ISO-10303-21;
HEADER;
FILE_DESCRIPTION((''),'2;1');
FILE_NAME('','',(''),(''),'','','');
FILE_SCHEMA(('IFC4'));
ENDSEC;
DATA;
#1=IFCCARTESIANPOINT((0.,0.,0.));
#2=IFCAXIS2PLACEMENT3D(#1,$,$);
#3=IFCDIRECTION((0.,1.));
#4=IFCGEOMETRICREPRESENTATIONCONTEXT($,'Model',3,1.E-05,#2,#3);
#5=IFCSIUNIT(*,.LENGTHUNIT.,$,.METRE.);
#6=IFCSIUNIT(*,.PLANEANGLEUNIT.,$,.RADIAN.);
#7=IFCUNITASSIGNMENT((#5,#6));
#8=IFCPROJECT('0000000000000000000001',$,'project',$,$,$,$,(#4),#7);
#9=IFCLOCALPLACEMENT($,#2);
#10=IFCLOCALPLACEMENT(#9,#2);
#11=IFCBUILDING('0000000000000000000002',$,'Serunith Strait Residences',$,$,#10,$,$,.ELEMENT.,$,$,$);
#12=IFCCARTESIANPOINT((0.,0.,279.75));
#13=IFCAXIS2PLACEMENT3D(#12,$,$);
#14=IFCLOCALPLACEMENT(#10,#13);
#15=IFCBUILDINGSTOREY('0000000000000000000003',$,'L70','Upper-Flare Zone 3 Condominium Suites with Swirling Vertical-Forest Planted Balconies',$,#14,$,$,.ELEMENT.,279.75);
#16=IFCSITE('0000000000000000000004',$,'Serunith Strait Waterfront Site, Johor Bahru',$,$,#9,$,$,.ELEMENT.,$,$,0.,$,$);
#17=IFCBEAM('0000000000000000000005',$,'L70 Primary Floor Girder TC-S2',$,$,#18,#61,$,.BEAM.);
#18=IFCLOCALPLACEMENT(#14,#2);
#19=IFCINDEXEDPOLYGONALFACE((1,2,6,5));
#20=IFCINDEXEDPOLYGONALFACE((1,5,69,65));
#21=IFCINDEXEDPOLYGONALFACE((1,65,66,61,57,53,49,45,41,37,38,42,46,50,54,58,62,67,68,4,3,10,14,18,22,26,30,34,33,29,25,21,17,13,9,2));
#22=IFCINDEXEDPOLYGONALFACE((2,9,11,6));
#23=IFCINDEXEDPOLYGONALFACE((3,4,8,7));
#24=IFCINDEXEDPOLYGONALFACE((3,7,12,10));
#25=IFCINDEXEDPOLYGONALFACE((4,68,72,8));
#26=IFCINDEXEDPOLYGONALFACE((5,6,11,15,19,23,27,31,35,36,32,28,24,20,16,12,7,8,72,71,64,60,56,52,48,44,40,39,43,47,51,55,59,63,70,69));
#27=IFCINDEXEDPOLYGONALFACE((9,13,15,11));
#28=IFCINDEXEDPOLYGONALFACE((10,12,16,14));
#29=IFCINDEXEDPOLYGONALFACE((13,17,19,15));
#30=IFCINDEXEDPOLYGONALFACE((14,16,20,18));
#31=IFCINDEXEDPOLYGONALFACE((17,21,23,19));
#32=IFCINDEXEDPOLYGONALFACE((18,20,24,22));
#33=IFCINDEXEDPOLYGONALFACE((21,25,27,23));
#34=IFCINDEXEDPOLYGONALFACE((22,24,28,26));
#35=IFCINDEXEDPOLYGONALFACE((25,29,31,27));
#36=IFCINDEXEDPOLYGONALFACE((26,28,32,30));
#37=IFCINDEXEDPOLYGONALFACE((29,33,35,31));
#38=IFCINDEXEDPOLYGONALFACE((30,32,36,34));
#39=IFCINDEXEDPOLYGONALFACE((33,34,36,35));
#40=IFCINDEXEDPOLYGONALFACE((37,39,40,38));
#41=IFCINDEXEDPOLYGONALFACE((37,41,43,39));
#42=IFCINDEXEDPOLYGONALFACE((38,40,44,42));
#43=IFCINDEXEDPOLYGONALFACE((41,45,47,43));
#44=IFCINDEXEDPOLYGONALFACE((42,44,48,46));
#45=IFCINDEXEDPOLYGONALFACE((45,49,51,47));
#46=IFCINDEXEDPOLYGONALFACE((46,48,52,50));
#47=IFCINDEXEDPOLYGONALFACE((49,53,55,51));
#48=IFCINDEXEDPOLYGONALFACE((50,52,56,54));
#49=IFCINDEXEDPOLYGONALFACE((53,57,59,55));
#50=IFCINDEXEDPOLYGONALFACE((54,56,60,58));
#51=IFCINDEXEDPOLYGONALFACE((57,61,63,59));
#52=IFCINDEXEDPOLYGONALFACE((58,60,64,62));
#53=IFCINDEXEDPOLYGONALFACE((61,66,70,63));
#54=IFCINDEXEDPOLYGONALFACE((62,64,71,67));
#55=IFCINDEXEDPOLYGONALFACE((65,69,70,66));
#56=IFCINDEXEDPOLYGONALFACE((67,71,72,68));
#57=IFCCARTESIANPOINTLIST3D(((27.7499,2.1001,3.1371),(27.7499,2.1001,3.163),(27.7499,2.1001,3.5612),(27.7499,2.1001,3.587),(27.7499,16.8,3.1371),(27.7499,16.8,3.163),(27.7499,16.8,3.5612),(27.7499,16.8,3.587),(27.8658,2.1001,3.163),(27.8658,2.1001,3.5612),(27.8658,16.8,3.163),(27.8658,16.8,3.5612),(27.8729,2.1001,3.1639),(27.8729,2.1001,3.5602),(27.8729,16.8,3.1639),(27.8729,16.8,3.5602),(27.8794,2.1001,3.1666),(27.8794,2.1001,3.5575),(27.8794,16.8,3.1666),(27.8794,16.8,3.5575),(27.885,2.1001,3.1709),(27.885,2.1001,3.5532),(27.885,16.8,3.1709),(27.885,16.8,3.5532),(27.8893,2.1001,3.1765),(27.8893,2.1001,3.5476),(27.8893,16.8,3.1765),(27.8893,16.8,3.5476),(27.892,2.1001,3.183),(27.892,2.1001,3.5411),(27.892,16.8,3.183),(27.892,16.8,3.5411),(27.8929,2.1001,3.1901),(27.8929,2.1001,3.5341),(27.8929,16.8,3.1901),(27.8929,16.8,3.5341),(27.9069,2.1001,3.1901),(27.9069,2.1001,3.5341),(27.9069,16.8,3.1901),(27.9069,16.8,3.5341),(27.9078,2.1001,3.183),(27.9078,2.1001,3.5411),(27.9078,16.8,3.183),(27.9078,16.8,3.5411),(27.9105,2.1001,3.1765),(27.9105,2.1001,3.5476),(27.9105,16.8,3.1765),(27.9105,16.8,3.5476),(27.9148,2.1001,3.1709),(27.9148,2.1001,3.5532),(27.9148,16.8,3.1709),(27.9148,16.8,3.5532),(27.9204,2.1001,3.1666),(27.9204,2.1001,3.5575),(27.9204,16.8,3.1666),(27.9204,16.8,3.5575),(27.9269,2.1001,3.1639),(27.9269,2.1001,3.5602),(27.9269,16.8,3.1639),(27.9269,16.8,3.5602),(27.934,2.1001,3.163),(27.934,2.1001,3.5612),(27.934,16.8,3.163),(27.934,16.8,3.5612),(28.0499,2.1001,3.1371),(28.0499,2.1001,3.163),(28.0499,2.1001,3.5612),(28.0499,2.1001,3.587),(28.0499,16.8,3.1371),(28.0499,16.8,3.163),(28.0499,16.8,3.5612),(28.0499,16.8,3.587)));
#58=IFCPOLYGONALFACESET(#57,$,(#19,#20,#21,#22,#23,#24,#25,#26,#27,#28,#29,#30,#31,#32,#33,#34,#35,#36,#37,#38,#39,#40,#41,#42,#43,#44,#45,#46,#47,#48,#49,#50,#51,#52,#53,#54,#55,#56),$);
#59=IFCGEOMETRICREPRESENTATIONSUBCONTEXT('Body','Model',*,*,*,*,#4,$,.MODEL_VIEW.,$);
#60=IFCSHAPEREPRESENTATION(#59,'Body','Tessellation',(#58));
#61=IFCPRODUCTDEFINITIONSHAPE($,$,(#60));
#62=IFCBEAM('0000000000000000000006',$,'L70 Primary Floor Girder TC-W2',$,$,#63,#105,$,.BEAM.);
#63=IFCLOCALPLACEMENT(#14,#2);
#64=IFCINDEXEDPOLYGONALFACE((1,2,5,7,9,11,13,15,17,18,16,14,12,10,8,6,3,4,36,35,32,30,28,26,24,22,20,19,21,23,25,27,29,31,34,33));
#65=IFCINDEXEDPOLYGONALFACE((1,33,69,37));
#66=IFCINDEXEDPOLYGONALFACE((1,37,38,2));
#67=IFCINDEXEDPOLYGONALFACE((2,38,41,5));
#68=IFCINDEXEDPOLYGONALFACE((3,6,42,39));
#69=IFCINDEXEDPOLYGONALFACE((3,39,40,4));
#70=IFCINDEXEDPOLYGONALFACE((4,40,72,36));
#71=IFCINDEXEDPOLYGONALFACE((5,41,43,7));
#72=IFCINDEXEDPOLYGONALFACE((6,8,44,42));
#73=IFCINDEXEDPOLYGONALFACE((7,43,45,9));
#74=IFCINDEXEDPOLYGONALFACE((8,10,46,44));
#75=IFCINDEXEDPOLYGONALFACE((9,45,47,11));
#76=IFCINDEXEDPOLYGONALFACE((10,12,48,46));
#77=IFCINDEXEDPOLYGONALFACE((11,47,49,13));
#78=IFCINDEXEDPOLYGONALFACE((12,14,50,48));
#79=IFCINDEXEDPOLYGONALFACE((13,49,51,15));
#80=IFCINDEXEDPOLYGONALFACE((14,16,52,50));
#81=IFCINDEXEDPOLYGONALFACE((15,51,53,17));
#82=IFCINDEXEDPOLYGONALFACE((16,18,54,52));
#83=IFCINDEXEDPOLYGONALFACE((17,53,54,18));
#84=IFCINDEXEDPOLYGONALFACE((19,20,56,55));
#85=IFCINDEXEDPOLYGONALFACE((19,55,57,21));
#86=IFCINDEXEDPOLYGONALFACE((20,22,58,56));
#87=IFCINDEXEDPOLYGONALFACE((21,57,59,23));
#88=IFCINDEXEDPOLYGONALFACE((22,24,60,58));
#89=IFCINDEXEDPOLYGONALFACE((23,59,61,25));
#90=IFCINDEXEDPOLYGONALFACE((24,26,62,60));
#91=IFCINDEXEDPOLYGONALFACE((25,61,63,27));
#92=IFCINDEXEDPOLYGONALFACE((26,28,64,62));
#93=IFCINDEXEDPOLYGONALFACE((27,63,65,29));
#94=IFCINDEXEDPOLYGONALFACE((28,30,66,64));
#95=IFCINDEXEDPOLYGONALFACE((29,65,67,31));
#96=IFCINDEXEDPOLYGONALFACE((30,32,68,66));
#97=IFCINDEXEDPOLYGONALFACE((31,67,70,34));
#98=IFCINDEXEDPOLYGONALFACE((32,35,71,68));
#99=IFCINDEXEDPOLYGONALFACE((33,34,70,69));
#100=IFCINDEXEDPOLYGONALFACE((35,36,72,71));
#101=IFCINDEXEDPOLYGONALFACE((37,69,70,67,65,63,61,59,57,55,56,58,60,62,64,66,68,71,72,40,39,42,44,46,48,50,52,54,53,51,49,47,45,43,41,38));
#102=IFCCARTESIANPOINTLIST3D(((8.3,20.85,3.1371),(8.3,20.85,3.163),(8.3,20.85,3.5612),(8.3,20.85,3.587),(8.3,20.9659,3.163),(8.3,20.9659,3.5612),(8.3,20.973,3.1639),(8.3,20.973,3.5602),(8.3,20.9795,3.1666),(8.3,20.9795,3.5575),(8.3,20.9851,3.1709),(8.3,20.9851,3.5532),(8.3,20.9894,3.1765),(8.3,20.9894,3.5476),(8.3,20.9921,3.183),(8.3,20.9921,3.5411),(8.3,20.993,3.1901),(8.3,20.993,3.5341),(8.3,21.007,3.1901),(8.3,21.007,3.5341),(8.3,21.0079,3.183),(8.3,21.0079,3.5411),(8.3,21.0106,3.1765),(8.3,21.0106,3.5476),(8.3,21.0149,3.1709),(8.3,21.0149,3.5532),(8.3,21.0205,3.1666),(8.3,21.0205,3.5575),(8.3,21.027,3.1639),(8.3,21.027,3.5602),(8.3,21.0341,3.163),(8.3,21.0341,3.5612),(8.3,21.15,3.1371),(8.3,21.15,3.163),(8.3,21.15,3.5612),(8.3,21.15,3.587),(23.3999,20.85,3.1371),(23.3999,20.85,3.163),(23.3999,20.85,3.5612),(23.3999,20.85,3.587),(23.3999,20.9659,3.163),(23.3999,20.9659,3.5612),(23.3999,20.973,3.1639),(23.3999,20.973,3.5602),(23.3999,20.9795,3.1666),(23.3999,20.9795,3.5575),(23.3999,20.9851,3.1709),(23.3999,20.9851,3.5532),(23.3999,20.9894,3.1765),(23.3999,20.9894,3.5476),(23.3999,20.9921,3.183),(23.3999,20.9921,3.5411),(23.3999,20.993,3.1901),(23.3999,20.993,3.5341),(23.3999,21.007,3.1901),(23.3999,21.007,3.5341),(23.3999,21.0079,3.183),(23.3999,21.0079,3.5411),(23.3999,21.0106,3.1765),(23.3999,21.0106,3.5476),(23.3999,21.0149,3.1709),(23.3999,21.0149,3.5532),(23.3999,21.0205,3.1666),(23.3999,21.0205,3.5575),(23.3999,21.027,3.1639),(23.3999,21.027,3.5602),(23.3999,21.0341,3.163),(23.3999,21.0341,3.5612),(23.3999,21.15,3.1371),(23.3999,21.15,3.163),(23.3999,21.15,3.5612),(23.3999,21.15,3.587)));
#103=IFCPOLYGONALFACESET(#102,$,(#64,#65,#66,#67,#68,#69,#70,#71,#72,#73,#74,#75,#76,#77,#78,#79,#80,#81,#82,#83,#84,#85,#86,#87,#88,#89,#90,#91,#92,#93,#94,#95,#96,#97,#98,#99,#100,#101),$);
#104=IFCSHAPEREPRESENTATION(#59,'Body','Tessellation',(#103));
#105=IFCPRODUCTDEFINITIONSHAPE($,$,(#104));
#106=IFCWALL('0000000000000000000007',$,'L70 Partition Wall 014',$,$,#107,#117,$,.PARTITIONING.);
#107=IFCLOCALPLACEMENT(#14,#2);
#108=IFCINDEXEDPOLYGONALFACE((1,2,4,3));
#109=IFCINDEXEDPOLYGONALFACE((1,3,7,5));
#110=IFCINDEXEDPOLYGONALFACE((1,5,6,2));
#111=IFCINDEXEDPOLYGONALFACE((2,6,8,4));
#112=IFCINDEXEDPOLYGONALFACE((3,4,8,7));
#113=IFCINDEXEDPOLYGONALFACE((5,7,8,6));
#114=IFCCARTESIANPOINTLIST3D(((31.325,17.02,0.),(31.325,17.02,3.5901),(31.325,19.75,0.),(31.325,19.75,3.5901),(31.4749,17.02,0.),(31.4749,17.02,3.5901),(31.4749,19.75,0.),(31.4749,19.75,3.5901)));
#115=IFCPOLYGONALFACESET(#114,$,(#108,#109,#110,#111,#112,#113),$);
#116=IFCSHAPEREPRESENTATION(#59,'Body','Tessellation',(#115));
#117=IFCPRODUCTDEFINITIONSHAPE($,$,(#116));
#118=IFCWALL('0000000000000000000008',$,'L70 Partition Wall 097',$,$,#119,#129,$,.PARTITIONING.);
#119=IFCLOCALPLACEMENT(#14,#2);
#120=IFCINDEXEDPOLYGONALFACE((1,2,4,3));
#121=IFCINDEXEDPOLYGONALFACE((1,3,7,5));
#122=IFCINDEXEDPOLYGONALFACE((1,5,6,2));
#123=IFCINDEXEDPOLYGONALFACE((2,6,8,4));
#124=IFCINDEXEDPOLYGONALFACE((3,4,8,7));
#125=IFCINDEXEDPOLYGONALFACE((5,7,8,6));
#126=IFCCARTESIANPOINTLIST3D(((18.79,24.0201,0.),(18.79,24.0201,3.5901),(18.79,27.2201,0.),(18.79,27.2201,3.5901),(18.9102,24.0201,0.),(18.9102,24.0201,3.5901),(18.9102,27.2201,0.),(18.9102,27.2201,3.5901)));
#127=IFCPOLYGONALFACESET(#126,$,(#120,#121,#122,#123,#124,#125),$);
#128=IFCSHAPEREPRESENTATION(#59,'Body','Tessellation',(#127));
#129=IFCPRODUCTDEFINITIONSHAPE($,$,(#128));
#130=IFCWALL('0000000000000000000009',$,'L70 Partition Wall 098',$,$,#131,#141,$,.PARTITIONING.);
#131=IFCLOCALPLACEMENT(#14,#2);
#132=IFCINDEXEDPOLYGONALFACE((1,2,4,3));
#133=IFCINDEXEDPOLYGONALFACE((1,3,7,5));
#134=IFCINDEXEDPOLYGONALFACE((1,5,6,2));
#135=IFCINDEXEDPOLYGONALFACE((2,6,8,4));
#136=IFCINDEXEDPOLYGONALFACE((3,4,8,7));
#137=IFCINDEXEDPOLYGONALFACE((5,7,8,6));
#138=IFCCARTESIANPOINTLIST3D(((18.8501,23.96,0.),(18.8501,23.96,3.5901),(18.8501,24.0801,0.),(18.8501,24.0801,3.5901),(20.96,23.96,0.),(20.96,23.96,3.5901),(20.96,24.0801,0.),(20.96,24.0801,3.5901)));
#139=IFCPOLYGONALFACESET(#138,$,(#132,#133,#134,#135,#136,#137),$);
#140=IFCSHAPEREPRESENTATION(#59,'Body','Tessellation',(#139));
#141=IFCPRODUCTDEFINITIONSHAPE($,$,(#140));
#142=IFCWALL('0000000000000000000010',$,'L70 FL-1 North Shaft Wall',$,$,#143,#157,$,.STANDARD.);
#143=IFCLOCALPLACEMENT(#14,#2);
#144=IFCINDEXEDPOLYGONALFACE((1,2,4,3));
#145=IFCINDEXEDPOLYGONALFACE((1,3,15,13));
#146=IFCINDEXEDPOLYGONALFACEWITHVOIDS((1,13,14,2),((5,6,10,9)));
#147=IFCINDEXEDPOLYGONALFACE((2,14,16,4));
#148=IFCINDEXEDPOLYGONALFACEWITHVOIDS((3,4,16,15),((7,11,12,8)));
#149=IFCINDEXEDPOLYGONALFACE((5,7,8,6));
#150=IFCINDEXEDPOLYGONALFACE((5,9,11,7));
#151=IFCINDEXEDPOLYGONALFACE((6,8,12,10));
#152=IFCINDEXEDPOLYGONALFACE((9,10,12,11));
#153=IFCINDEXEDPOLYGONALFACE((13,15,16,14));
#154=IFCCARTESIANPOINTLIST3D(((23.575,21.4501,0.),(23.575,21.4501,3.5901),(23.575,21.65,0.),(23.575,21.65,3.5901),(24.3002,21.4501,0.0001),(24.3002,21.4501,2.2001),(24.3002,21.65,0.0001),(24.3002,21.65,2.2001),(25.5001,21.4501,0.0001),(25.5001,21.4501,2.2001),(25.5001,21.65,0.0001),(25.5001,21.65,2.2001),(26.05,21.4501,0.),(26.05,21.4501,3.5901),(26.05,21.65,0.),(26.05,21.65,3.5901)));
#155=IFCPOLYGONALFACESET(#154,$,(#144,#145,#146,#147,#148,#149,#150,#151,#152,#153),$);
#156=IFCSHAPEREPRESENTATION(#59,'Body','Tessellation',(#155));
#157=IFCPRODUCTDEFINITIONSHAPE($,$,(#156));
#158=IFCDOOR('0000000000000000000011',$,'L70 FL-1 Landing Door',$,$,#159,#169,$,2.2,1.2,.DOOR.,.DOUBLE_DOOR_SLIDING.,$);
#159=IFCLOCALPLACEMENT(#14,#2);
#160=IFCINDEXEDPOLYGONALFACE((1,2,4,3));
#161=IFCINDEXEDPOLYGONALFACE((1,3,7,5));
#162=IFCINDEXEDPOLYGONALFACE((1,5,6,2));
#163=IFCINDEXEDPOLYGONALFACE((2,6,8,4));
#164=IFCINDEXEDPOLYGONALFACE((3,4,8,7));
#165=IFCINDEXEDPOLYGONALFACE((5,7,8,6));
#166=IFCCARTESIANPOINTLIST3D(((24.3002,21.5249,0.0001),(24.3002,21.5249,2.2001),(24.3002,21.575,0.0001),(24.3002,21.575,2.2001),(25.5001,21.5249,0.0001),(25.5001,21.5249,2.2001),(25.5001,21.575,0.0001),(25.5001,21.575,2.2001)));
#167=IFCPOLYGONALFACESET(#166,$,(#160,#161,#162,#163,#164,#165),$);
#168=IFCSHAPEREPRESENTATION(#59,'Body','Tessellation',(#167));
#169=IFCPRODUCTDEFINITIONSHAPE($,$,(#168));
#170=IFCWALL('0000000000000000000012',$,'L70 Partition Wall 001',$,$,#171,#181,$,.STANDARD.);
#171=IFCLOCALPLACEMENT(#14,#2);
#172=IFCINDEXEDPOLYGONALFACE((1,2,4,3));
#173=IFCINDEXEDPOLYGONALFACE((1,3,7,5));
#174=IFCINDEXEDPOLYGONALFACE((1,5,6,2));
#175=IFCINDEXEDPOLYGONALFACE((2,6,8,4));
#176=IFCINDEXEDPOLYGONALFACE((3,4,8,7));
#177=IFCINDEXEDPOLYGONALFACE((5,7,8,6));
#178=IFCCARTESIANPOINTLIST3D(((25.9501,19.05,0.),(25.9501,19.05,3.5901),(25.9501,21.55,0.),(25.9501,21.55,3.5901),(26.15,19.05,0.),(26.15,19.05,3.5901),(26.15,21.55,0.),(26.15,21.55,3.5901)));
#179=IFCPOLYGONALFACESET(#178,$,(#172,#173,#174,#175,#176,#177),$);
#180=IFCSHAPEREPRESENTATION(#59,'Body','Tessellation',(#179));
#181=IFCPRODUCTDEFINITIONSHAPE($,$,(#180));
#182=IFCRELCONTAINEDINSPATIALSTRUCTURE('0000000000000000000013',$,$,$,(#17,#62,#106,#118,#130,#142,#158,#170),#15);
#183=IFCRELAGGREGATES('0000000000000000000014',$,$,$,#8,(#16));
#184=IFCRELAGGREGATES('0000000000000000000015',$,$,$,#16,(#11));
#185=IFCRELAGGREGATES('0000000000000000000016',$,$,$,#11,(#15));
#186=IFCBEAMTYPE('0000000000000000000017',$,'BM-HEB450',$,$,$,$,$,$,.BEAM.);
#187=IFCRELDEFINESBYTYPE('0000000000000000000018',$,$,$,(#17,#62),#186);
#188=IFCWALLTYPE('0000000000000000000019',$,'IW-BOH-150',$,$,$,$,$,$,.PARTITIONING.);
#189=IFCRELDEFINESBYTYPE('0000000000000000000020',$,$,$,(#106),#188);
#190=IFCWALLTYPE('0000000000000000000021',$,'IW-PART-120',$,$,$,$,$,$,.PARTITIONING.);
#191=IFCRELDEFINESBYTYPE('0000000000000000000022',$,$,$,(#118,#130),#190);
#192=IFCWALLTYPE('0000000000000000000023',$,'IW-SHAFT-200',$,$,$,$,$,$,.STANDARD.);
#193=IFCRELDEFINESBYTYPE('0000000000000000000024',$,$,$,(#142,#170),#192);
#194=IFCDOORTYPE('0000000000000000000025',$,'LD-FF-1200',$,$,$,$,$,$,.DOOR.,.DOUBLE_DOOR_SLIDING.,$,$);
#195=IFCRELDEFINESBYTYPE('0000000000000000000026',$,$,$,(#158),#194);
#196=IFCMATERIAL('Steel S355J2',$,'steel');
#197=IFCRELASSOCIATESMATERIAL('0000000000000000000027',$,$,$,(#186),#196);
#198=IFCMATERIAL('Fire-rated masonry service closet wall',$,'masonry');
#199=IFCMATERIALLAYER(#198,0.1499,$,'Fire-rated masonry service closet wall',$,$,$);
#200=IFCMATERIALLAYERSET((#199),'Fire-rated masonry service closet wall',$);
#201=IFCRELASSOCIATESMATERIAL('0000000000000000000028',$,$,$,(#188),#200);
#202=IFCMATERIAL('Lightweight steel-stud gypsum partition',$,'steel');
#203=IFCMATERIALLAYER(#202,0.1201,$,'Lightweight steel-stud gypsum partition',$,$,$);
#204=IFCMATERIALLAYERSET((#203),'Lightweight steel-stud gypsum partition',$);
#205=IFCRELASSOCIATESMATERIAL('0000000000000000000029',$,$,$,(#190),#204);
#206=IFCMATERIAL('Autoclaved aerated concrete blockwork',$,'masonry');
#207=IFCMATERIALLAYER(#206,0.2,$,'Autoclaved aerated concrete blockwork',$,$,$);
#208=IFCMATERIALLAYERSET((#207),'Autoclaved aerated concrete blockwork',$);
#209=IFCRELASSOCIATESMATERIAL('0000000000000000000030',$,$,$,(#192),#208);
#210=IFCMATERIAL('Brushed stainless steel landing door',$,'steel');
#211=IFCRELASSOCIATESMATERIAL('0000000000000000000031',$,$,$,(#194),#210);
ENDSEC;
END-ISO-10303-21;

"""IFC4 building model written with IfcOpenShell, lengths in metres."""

from ifc_helpers import new_model, si_unit, direction, frame, frame_2d, origin, origin_2d, place, context, subcontext, project, spatial, rectangle, i_section, extrude, source, transform, mapped, material, layer, layer_set, material_profile, profile_set, type_object, element, fill, save


model = new_model("IFC4")

# Units and contexts
model_context = context("Model", 3, precision=1e-05, world=origin(), true_north=direction((0.0, 1.0)))
body_context = subcontext(model_context, "Body", "Model", "MODEL_VIEW")
ifc_project = project(units=[si_unit("LENGTHUNIT", "METRE"), si_unit("PLANEANGLEUNIT", "RADIAN")], contexts=[model_context])

# Site, building, storey
site_placement = place(None, origin())
site = spatial("IfcSite", under=ifc_project, at=site_placement, Name="Serunith Strait Waterfront Site, Johor Bahru", CompositionType="ELEMENT", RefElevation=0.0)
building_placement = place(site_placement, origin())
building = spatial("IfcBuilding", under=site, at=building_placement, Name="Serunith Strait Residences", CompositionType="ELEMENT")
storey_placement = place(building_placement, frame((0.0, 0.0, 279.75)))
storey = spatial("IfcBuildingStorey", under=building, at=storey_placement, Name="L70", Description="Upper-Flare Zone 3 Condominium Suites with Swirling Vertical-Forest Planted Balconies", CompositionType="ELEMENT", Elevation=279.75)

# Beams
ifc_material_1 = material(Name="Steel S355J2", Category="steel")
ifc_material_profile = material_profile(ifc_material_1, i_section(OverallWidth=0.3, OverallDepth=0.45, WebThickness=0.0139, FlangeThickness=0.0259, FilletRadius=0.0271, at=origin_2d()), Name="HEB 450")
ifc_profile_set = profile_set([ifc_material_profile], Name="Steel S355J2")
beam_type = type_object("IfcBeamType", Name="BM-HEB450", PredefinedType="BEAM", material=ifc_profile_set)
shared_shape_1 = source(origin(), body_context, "Body", "SweptSolid", [
    extrude(i_section(OverallWidth=0.3, OverallDepth=0.45, WebThickness=0.0139, FlangeThickness=0.0259, FilletRadius=0.0271, at=origin_2d()), origin(), (0.0, 0.0, 1.0), 14.7),
])
beam_1_placement = place(storey_placement, frame((27.8999, 16.8, 3.3621), z_axis=(0.0, -1.0, 0.0), x_axis=(1.0, 0.0, 0.0)))
element("IfcBeam", 1, at=beam_1_placement, inside=storey, type_object=beam_type, Name="L70 Primary Floor Girder TC-S2", PredefinedType="BEAM", context=body_context, shape_type="MappedRepresentation", body=[
    mapped(shared_shape_1, transform((0.0, 0.0, 0.0), scale=1.0)),
])
shared_shape_2 = source(origin(), body_context, "Body", "SweptSolid", [
    extrude(i_section(OverallWidth=0.3, OverallDepth=0.45, WebThickness=0.0139, FlangeThickness=0.0259, FilletRadius=0.0271, at=origin_2d()), origin(), (0.0, 0.0, 1.0), 15.0999),
])
beam_2_placement = place(storey_placement, frame((23.3999, 21.0, 3.3621), z_axis=(-1.0, 0.0, 0.0), x_axis=(0.0, -1.0, 0.0)))
element("IfcBeam", 2, at=beam_2_placement, inside=storey, type_object=beam_type, Name="L70 Primary Floor Girder TC-W2", PredefinedType="BEAM", context=body_context, shape_type="MappedRepresentation", body=[
    mapped(shared_shape_2, transform((0.0, 0.0, 0.0), scale=1.0)),
])

# Walls
ifc_material_2 = material(Name="Fire-rated masonry service closet wall", Category="masonry")
ifc_layer_1 = layer(ifc_material_2, 0.1499, Name="Fire-rated masonry service closet wall")
ifc_layer_set_1 = layer_set([ifc_layer_1], Name="Fire-rated masonry service closet wall")
wall_type_1 = type_object("IfcWallType", Name="IW-BOH-150", PredefinedType="PARTITIONING", material=ifc_layer_set_1)
wall_1_placement = place(storey_placement, frame((31.3999, 17.02, 0.0), z_axis=(0.0, 0.0, 1.0), x_axis=(0.0, 1.0, 0.0)))
element("IfcWall", 3, at=wall_1_placement, inside=storey, type_object=wall_type_1, Name="L70 Partition Wall 014", PredefinedType="PARTITIONING", context=body_context, shape_type="SweptSolid", body=[
    extrude(rectangle(XDim=2.73, YDim=0.1499, at=frame_2d((1.365, 0.0))), origin(), (0.0, 0.0, 1.0), 3.5901),
])
ifc_material_3 = material(Name="Lightweight steel-stud gypsum partition", Category="steel")
ifc_layer_2 = layer(ifc_material_3, 0.1201, Name="Lightweight steel-stud gypsum partition")
ifc_layer_set_2 = layer_set([ifc_layer_2], Name="Lightweight steel-stud gypsum partition")
wall_type_2 = type_object("IfcWallType", Name="IW-PART-120", PredefinedType="PARTITIONING", material=ifc_layer_set_2)
wall_2_placement = place(storey_placement, frame((18.8501, 24.02, 0.0), z_axis=(0.0, 0.0, 1.0), x_axis=(0.0, 1.0, 0.0)))
element("IfcWall", 4, at=wall_2_placement, inside=storey, type_object=wall_type_2, Name="L70 Partition Wall 097", PredefinedType="PARTITIONING", context=body_context, shape_type="SweptSolid", body=[
    extrude(rectangle(XDim=3.2, YDim=0.1201, at=frame_2d((1.6001, 0.0))), origin(), (0.0, 0.0, 1.0), 3.5901),
])
wall_3_placement = place(storey_placement, frame((18.8501, 24.02, 0.0), z_axis=(0.0, 0.0, 1.0), x_axis=(1.0, 0.0, 0.0)))
element("IfcWall", 5, at=wall_3_placement, inside=storey, type_object=wall_type_2, Name="L70 Partition Wall 098", PredefinedType="PARTITIONING", context=body_context, shape_type="SweptSolid", body=[
    extrude(rectangle(XDim=2.1099, YDim=0.1201, at=frame_2d((1.0549, 0.0))), origin(), (0.0, 0.0, 1.0), 3.5901),
])

# Wall, opening, door
ifc_material_4 = material(Name="Autoclaved aerated concrete blockwork", Category="masonry")
ifc_layer_3 = layer(ifc_material_4, 0.2, Name="Autoclaved aerated concrete blockwork")
ifc_layer_set_3 = layer_set([ifc_layer_3], Name="Autoclaved aerated concrete blockwork")
wall_type_3 = type_object("IfcWallType", Name="IW-SHAFT-200", PredefinedType="STANDARD", material=ifc_layer_set_3)
wall_4_placement = place(storey_placement, frame((23.575, 21.55, 0.0), z_axis=(0.0, 0.0, 1.0), x_axis=(1.0, 0.0, 0.0)))
wall_4 = element("IfcWall", 6, at=wall_4_placement, inside=storey, type_object=wall_type_3, Name="L70 FL-1 North Shaft Wall", PredefinedType="STANDARD", context=body_context, shape_type="SweptSolid", body=[
    extrude(rectangle(XDim=2.4751, YDim=0.2, at=frame_2d((1.2375, 0.0))), origin(), (0.0, 0.0, 1.0), 3.5901),
])
opening_1_placement = place(wall_4_placement, frame((0.7251, 0.0, 0.0)))
opening_1 = element("IfcOpeningElement", 7, at=opening_1_placement, cuts=wall_4, PredefinedType="OPENING", context=body_context, shape_type="SweptSolid", body=[
    extrude(rectangle(XDim=1.2, YDim=2.2, at=frame_2d((0.6001, 1.1001))), frame((0.0, 0.1099, 0.0), z_axis=(0.0, -1.0, 0.0), x_axis=(1.0, 0.0, 0.0)), (0.0, 0.0, 1.0), 0.22),
])
ifc_material_5 = material(Name="Brushed stainless steel landing door", Category="steel")
door_type_1 = type_object("IfcDoorType", Name="LD-FF-1200", OperationType="DOUBLE_DOOR_SLIDING", PredefinedType="DOOR", material=ifc_material_5)
shared_shape_3 = source(origin(), body_context, "Body", "SweptSolid", [
    extrude(rectangle(XDim=1.2, YDim=2.2, at=frame_2d((0.6001, 1.1001))), frame((0.0, 0.0249, 0.0), z_axis=(0.0, -1.0, 0.0), x_axis=(1.0, 0.0, 0.0)), (0.0, 0.0, 1.0), 0.05),
])
door_1_placement = place(opening_1_placement, origin())
door_1 = element("IfcDoor", 8, at=door_1_placement, inside=storey, type_object=door_type_1, Name="L70 FL-1 Landing Door", OperationType="DOUBLE_DOOR_SLIDING", OverallHeight=2.2, OverallWidth=1.2, PredefinedType="DOOR", context=body_context, shape_type="MappedRepresentation", body=[
    mapped(shared_shape_3, transform((0.0, 0.0, 0.0), scale=1.0)),
])
fill(opening_1, door_1)

# Wall
wall_5_placement = place(storey_placement, frame((26.05, 19.05, 0.0), z_axis=(0.0, 0.0, 1.0), x_axis=(0.0, 1.0, 0.0)))
element("IfcWall", 9, at=wall_5_placement, inside=storey, type_object=wall_type_3, Name="L70 Partition Wall 001", PredefinedType="STANDARD", context=body_context, shape_type="SweptSolid", body=[
    extrude(rectangle(XDim=2.5, YDim=0.2, at=frame_2d((1.25, 0.0))), origin(), (0.0, 0.0, 1.0), 3.5901),
])

save(model, "model.ifc")
